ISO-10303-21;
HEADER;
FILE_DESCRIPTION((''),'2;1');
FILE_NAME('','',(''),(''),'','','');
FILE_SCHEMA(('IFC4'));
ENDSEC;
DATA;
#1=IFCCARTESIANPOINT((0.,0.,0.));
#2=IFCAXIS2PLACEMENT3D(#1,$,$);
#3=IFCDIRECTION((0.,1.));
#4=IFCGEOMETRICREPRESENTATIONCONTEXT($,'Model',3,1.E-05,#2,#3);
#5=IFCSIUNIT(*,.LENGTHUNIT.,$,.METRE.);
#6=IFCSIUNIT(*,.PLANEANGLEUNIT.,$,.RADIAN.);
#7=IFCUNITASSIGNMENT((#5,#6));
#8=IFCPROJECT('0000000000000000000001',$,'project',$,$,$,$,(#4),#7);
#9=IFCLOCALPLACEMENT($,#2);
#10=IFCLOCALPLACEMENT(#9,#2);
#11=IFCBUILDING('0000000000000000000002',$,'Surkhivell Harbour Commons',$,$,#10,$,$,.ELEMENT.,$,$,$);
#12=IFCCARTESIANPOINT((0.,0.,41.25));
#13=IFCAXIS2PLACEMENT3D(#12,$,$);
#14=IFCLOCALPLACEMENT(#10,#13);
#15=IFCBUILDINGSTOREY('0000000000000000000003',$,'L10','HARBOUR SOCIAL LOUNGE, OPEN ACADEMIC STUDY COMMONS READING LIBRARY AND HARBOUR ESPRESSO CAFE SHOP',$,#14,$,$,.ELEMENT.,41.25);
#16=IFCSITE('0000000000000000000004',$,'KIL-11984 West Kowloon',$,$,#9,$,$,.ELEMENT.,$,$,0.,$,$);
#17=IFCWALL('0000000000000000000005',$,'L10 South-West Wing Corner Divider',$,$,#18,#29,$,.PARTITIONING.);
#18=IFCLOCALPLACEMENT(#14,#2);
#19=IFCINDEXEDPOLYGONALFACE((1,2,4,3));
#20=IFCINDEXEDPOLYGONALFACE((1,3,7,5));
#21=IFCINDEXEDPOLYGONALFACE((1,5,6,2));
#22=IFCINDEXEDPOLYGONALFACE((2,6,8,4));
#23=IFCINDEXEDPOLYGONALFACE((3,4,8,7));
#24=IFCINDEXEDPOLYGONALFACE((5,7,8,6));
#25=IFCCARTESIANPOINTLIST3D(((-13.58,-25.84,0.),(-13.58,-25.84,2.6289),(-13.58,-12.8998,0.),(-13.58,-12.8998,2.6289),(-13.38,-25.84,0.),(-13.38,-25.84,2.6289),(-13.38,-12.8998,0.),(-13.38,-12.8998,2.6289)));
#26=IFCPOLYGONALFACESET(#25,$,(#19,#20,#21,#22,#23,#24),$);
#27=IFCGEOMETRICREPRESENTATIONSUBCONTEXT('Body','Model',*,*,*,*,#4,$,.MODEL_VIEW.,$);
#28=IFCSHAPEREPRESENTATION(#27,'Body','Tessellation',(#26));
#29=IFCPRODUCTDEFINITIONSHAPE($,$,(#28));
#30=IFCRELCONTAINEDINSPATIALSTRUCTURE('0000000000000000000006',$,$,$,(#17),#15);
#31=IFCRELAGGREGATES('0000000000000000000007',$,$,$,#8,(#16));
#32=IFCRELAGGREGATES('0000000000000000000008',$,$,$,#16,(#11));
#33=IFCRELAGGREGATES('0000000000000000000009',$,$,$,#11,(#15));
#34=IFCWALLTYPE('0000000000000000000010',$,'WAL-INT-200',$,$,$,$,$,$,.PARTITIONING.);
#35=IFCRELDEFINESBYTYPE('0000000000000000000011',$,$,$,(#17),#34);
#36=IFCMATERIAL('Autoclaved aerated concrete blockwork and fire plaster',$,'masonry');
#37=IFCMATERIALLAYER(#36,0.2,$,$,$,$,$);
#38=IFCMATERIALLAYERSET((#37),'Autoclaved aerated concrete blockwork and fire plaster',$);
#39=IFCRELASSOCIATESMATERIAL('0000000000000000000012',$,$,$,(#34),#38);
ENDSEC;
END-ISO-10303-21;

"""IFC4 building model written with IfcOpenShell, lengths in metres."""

from ifc_helpers import new_model, si_unit, direction, frame, frame_2d, origin, place, context, subcontext, project, spatial, rectangle, extrude, material, layer, layer_set, type_object, element, save


model = new_model("IFC4")

# Units and contexts
model_context = context("Model", 3, precision=1e-05, world=origin(), true_north=direction((0.0, 1.0)))
body_context = subcontext(model_context, "Body", "Model", "MODEL_VIEW")
ifc_project = project(units=[si_unit("LENGTHUNIT", "METRE"), si_unit("PLANEANGLEUNIT", "RADIAN")], contexts=[model_context])

# Site, building, storey
site_placement = place(None, origin())
site = spatial("IfcSite", under=ifc_project, at=site_placement, Name="KIL-11984 West Kowloon", CompositionType="ELEMENT", RefElevation=0.0)
building_placement = place(site_placement, origin())
building = spatial("IfcBuilding", under=site, at=building_placement, Name="Surkhivell Harbour Commons", CompositionType="ELEMENT")
storey_placement = place(building_placement, frame((0.0, 0.0, 41.25)))
storey = spatial("IfcBuildingStorey", under=building, at=storey_placement, Name="L10", Description="HARBOUR SOCIAL LOUNGE, OPEN ACADEMIC STUDY COMMONS READING LIBRARY AND HARBOUR ESPRESSO CAFE SHOP", CompositionType="ELEMENT", Elevation=41.25)

# Wall
ifc_material_1 = material(Name="Autoclaved aerated concrete blockwork and fire plaster", Category="masonry")
ifc_layer_1 = layer(ifc_material_1, 0.2)
ifc_layer_set_1 = layer_set([ifc_layer_1], Name="Autoclaved aerated concrete blockwork and fire plaster")
wall_type = type_object("IfcWallType", Name="WAL-INT-200", PredefinedType="PARTITIONING", material=ifc_layer_set_1)
wall_placement = place(storey_placement, frame((-13.48, -25.8401, 0.0), z_axis=(0.0, 0.0, 1.0), x_axis=(0.0, 1.0, 0.0)))
element("IfcWall", 1, at=wall_placement, inside=storey, type_object=wall_type, Name="L10 South-West Wing Corner Divider", PredefinedType="PARTITIONING", context=body_context, shape_type="SweptSolid", body=[
    extrude(rectangle(XDim=12.9402, YDim=0.2, at=frame_2d((6.4702, 0.0))), origin(), (0.0, 0.0, 1.0), 2.6289),
])

save(model, "model.ifc")
